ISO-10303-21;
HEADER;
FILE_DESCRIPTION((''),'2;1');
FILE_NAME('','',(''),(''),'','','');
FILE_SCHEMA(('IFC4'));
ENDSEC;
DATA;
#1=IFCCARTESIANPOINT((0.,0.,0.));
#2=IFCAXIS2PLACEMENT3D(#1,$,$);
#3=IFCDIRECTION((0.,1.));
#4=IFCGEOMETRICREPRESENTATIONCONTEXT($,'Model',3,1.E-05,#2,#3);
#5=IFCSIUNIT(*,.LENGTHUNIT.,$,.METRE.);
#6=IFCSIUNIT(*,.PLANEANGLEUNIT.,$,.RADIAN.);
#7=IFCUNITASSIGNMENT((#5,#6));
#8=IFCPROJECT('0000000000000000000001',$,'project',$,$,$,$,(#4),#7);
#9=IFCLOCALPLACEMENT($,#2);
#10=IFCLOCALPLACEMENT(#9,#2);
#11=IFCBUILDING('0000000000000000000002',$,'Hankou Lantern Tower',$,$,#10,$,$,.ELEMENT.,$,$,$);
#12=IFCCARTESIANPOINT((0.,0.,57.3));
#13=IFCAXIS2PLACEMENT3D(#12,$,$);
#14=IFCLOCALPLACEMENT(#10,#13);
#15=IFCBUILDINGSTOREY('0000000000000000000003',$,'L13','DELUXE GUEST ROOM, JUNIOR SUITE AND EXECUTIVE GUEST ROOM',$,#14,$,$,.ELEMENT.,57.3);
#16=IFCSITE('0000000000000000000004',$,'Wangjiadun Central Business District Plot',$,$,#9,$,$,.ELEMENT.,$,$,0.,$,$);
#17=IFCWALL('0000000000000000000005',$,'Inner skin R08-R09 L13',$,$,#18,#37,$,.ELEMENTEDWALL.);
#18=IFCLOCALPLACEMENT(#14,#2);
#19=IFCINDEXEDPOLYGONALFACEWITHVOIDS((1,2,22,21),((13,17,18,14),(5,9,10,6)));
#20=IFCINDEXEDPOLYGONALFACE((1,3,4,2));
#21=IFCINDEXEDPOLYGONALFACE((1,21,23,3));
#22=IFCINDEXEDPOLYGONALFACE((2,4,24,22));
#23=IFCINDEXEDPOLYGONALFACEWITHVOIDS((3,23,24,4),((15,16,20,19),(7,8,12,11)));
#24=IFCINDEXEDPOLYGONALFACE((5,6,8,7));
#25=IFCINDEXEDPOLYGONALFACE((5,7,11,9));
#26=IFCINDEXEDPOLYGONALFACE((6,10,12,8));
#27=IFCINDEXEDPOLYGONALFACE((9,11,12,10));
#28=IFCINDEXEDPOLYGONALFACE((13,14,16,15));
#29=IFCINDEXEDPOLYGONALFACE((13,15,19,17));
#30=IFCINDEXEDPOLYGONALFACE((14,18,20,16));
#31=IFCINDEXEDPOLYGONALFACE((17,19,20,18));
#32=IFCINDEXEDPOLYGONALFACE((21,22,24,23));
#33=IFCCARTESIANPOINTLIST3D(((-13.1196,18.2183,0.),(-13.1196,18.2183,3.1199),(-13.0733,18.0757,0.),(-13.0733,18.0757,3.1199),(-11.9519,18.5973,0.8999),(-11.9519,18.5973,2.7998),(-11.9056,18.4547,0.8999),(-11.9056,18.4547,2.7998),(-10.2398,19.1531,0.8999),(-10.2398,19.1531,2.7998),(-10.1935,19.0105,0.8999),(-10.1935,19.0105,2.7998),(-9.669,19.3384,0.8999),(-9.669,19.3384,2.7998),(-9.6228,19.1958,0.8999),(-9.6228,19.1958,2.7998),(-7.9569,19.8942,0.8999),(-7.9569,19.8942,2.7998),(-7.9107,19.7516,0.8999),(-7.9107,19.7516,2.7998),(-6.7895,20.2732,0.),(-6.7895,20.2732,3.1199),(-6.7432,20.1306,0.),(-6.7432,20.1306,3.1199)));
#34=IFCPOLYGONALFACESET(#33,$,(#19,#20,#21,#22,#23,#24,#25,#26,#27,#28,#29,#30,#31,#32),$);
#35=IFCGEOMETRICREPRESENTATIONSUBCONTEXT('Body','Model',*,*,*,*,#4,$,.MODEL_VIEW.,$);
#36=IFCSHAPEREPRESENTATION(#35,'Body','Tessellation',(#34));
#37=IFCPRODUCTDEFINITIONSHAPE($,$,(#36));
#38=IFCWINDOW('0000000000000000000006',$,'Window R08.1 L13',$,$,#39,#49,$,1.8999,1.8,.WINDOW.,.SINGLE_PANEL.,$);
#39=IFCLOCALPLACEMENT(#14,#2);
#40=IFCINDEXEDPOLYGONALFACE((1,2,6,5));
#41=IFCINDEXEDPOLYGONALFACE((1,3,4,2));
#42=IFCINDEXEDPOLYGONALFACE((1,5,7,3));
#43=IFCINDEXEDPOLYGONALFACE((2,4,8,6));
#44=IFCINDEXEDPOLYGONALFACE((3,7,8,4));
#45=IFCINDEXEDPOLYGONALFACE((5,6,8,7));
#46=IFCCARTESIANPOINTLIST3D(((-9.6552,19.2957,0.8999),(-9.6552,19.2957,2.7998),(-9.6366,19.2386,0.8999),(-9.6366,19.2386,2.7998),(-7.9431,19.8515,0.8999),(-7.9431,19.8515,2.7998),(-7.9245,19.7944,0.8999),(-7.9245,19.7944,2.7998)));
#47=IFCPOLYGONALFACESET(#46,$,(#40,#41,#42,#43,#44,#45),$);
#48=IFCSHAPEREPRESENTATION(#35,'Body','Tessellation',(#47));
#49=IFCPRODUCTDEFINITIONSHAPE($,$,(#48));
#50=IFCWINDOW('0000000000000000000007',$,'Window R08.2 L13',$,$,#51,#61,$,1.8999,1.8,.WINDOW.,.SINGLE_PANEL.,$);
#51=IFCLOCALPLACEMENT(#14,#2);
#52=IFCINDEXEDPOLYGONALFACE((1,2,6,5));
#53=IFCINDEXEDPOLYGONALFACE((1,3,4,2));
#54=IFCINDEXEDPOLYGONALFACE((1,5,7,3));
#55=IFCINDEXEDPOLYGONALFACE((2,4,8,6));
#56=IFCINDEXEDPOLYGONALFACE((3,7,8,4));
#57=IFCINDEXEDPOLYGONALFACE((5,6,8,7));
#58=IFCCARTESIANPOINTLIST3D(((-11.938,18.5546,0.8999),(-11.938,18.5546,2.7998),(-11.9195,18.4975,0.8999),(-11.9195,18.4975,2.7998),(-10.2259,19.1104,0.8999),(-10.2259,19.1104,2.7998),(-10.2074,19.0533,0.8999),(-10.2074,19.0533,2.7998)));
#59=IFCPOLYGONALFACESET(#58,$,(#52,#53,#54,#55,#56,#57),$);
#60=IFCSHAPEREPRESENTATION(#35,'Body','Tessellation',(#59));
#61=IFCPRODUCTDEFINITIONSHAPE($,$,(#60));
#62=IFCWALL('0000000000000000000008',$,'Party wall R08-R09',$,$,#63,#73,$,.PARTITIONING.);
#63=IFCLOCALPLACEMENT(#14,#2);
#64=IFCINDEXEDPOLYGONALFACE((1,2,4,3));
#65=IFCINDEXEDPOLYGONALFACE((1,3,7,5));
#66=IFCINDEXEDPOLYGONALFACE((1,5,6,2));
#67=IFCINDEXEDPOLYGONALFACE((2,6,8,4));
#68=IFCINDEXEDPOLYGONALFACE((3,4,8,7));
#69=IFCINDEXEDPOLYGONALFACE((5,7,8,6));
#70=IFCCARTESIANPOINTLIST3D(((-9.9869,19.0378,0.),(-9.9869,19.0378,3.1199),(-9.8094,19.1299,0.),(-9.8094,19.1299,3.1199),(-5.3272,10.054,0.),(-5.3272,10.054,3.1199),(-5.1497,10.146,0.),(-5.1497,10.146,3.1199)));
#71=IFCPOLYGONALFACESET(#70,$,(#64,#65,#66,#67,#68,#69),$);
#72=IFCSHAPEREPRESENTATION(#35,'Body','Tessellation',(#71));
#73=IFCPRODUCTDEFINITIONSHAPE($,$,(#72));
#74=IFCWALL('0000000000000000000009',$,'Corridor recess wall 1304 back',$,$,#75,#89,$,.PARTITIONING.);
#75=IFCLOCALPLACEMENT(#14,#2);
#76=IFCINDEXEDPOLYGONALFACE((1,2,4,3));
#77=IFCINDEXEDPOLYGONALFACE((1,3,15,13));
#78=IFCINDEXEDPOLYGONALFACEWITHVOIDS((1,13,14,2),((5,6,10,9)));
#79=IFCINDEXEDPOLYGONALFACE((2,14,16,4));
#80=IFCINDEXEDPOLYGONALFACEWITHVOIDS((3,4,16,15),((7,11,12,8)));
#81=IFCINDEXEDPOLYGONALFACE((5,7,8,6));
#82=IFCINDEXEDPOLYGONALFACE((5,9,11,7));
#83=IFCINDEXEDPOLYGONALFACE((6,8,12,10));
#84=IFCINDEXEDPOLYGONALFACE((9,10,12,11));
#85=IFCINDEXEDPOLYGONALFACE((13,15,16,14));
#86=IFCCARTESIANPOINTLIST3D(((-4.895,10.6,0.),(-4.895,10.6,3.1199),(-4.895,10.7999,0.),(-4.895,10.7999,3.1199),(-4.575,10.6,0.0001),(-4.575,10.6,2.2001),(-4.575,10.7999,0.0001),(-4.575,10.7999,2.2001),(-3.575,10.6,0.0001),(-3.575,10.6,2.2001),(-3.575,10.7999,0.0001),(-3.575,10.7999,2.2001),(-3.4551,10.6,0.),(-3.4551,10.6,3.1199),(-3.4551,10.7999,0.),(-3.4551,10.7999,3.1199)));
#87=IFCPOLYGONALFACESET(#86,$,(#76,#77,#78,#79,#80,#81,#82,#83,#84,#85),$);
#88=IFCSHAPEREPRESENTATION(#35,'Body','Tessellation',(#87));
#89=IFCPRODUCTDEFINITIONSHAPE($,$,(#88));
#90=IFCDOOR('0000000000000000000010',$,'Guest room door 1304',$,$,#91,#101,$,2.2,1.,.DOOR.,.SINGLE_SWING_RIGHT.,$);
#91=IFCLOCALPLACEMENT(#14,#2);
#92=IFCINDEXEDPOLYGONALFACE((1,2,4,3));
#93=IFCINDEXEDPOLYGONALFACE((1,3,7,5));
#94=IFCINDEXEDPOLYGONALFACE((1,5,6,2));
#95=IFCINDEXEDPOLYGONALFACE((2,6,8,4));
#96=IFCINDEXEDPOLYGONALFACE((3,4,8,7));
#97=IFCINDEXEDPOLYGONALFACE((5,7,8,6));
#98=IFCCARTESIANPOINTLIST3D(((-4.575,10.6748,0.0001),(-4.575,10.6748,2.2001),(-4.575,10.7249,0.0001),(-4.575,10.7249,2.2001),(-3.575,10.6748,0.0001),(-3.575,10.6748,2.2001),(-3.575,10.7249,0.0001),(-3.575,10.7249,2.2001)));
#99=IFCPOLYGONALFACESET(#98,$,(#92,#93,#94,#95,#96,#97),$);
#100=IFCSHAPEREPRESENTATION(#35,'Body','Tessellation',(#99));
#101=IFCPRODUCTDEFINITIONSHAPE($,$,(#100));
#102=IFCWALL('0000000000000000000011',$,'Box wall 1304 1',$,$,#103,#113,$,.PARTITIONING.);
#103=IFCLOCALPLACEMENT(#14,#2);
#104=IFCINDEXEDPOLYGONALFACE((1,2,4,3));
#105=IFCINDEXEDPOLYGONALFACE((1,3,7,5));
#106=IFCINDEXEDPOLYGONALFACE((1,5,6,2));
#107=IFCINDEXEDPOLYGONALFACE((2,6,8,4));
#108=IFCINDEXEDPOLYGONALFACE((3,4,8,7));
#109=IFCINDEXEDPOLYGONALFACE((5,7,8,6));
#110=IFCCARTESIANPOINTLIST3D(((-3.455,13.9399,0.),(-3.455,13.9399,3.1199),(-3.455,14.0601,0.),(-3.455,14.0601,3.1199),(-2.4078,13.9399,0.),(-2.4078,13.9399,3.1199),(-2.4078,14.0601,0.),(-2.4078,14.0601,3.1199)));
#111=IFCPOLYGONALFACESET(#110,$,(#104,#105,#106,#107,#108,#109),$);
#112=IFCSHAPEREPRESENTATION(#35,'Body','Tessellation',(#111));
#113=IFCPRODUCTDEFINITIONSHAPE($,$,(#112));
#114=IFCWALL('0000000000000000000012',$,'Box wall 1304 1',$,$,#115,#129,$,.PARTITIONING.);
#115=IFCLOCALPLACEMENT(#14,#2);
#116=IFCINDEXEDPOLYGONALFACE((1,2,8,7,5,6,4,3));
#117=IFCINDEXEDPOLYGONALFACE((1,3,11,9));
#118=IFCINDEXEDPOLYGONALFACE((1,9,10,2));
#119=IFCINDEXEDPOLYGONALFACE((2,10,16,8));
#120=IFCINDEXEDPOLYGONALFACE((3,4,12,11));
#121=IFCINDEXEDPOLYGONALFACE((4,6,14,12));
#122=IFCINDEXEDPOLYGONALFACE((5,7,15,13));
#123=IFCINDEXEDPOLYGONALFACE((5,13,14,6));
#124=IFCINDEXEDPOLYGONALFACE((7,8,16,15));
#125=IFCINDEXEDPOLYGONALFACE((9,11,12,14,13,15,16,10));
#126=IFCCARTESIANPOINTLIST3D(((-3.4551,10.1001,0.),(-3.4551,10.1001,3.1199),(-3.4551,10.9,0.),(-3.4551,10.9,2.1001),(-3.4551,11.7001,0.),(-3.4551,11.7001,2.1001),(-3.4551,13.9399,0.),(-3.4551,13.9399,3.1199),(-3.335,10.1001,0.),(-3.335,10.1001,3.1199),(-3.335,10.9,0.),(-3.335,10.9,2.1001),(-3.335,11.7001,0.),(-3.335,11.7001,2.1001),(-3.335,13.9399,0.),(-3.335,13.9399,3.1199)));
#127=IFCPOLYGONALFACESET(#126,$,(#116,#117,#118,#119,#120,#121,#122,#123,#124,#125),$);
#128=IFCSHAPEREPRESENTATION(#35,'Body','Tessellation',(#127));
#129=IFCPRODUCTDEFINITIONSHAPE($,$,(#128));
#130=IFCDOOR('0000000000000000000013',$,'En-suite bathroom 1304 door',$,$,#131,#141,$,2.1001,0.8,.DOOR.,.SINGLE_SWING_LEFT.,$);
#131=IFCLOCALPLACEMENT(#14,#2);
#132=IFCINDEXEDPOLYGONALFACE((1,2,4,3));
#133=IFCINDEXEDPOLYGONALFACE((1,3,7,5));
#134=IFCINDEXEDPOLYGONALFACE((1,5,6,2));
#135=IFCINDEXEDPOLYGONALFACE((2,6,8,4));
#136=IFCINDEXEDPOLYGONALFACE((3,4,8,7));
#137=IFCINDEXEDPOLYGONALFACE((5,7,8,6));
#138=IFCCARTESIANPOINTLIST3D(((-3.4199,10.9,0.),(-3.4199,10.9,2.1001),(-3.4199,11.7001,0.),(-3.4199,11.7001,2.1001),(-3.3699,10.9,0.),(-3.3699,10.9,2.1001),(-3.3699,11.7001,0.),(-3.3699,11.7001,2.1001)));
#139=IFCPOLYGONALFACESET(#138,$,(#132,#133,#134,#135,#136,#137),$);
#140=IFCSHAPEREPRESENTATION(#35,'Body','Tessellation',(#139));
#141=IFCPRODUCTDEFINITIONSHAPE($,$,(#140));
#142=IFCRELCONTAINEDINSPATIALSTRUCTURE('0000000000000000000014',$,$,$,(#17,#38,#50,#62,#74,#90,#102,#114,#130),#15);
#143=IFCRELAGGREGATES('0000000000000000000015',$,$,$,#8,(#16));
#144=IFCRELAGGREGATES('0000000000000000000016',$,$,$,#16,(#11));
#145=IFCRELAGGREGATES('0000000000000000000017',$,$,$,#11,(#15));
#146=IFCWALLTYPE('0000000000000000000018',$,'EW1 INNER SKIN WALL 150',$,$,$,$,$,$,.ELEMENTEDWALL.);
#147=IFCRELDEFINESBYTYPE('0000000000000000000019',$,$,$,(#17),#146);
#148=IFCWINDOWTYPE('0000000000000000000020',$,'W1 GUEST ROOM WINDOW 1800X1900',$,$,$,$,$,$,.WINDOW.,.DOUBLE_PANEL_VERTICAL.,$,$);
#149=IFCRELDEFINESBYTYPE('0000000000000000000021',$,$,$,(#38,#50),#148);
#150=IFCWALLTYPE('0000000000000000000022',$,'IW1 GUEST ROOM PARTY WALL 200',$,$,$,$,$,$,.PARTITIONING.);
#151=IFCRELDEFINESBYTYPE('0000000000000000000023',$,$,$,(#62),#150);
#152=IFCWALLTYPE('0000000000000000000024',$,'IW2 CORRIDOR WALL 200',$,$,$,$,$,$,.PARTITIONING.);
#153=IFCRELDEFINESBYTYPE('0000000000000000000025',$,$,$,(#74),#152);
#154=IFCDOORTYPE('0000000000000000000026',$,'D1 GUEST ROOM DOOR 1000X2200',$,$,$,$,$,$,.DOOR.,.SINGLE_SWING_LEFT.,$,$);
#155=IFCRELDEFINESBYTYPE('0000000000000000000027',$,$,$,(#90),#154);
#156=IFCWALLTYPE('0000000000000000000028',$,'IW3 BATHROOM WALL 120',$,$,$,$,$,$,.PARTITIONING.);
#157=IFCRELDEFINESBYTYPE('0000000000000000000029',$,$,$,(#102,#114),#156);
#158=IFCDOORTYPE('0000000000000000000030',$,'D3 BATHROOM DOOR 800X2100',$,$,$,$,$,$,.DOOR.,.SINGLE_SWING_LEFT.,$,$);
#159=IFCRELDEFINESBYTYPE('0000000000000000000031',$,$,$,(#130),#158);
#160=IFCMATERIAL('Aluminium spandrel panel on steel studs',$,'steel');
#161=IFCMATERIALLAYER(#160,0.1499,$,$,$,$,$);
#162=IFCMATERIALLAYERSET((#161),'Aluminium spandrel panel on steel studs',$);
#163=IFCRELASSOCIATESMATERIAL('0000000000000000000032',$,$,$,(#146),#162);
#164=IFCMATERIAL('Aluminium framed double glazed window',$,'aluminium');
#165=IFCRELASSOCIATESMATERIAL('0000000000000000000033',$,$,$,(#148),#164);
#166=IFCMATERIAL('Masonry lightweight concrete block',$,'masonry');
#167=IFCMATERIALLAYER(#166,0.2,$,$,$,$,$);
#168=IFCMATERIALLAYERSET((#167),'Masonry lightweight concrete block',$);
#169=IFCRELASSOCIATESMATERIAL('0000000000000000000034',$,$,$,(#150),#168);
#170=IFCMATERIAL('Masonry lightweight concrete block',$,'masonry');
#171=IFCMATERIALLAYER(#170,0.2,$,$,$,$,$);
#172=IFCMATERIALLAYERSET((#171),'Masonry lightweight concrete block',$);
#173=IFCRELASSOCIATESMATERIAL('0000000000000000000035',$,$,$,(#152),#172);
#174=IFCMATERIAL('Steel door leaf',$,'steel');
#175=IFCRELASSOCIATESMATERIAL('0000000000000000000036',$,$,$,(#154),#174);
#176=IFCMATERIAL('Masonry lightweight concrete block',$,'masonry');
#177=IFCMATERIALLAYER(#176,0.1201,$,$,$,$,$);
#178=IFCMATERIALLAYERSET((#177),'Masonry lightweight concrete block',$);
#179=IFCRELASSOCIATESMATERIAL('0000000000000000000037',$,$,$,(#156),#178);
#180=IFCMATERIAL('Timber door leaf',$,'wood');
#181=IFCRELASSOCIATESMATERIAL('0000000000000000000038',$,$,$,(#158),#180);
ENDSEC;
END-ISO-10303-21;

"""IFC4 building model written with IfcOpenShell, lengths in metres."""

from ifc_helpers import new_model, si_unit, direction, frame, frame_2d, origin, place, context, subcontext, project, spatial, rectangle, extrude, material, layer, layer_set, type_object, element, fill, save


model = new_model("IFC4")

# Units and contexts
model_context = context("Model", 3, precision=1e-05, world=origin(), true_north=direction((0.0, 1.0)))
body_context = subcontext(model_context, "Body", "Model", "MODEL_VIEW")
ifc_project = project(units=[si_unit("LENGTHUNIT", "METRE"), si_unit("PLANEANGLEUNIT", "RADIAN")], contexts=[model_context])

# Site, building, storey
site_placement = place(None, origin())
site = spatial("IfcSite", under=ifc_project, at=site_placement, Name="Wangjiadun Central Business District Plot", CompositionType="ELEMENT", RefElevation=0.0)
building_placement = place(site_placement, origin())
building = spatial("IfcBuilding", under=site, at=building_placement, Name="Hankou Lantern Tower", CompositionType="ELEMENT")
storey_placement = place(building_placement, frame((0.0, 0.0, 57.3)))
storey = spatial("IfcBuildingStorey", under=building, at=storey_placement, Name="L13", Description="DELUXE GUEST ROOM, JUNIOR SUITE AND EXECUTIVE GUEST ROOM", CompositionType="ELEMENT", Elevation=57.3)

# Wall, openings, windows
ifc_material_1 = material(Name="Aluminium spandrel panel on steel studs", Category="steel")
ifc_layer_1 = layer(ifc_material_1, 0.1499)
ifc_layer_set_1 = layer_set([ifc_layer_1], Name="Aluminium spandrel panel on steel studs")
wall_type_1 = type_object("IfcWallType", Name="EW1 INNER SKIN WALL 150", PredefinedType="ELEMENTEDWALL", material=ifc_layer_set_1)
wall_1_placement = place(storey_placement, frame((-6.7664, 20.2019, 0.0), z_axis=(0.0, 0.0, 1.0), x_axis=(-0.951138, -0.308768, 0.0)))
wall_1 = element("IfcWall", 1, at=wall_1_placement, inside=storey, type_object=wall_type_1, Name="Inner skin R08-R09 L13", PredefinedType="ELEMENTEDWALL", context=body_context, shape_type="SweptSolid", body=[
    extrude(rectangle(XDim=6.6553, YDim=0.1499, at=frame_2d((3.3276, 0.0))), origin(), (0.0, 0.0, 1.0), 3.1199),
])
opening_1_placement = place(wall_1_placement, frame((1.2275, 0.0, 0.8999)))
opening_1 = element("IfcOpeningElement", 2, at=opening_1_placement, cuts=wall_1, PredefinedType="OPENING", context=body_context, shape_type="SweptSolid", body=[
    extrude(rectangle(XDim=1.8, YDim=1.8999, at=frame_2d((0.8999, 0.95))), frame((0.0, 0.085, 0.0), z_axis=(0.0, -1.0, 0.0), x_axis=(1.0, 0.0, 0.0)), (0.0, 0.0, 1.0), 0.1699),
])
opening_2_placement = place(wall_1_placement, frame((3.6277, 0.0, 0.8999)))
opening_2 = element("IfcOpeningElement", 3, at=opening_2_placement, cuts=wall_1, PredefinedType="OPENING", context=body_context, shape_type="SweptSolid", body=[
    extrude(rectangle(XDim=1.8, YDim=1.8999, at=frame_2d((0.8999, 0.95))), frame((0.0, 0.085, 0.0), z_axis=(0.0, -1.0, 0.0), x_axis=(1.0, 0.0, 0.0)), (0.0, 0.0, 1.0), 0.1699),
])
ifc_material_2 = material(Name="Aluminium framed double glazed window", Category="aluminium")
window_type = type_object("IfcWindowType", Name="W1 GUEST ROOM WINDOW 1800X1900", PartitioningType="DOUBLE_PANEL_VERTICAL", PredefinedType="WINDOW", material=ifc_material_2)
window_1_placement = place(opening_1_placement, origin())
window_1 = element("IfcWindow", 4, at=window_1_placement, inside=storey, type_object=window_type, Name="Window R08.1 L13", OverallHeight=1.8999, OverallWidth=1.8, PartitioningType="SINGLE_PANEL", PredefinedType="WINDOW", context=body_context, shape_type="SweptSolid", body=[
    extrude(rectangle(XDim=1.8, YDim=1.8999, at=frame_2d((0.8999, 0.95))), frame((0.0, 0.03, 0.0), z_axis=(0.0, -1.0, 0.0), x_axis=(1.0, 0.0, 0.0)), (0.0, 0.0, 1.0), 0.0601),
])
fill(opening_1, window_1)
window_2_placement = place(opening_2_placement, origin())
window_2 = element("IfcWindow", 5, at=window_2_placement, inside=storey, type_object=window_type, Name="Window R08.2 L13", OverallHeight=1.8999, OverallWidth=1.8, PartitioningType="SINGLE_PANEL", PredefinedType="WINDOW", context=body_context, shape_type="SweptSolid", body=[
    extrude(rectangle(XDim=1.8, YDim=1.8999, at=frame_2d((0.8999, 0.95))), frame((0.0, 0.03, 0.0), z_axis=(0.0, -1.0, 0.0), x_axis=(1.0, 0.0, 0.0)), (0.0, 0.0, 1.0), 0.0601),
])
fill(opening_2, window_2)

# Wall
ifc_material_3 = material(Name="Masonry lightweight concrete block", Category="masonry")
ifc_layer_2 = layer(ifc_material_3, 0.2)
ifc_layer_set_2 = layer_set([ifc_layer_2], Name="Masonry lightweight concrete block")
wall_type_2 = type_object("IfcWallType", Name="IW1 GUEST ROOM PARTY WALL 200", PredefinedType="PARTITIONING", material=ifc_layer_set_2)
wall_2_placement = place(storey_placement, frame((-5.2385, 10.1001, 0.0), z_axis=(0.0, 0.0, 1.0), x_axis=(-0.460423, 0.8877, 0.0)))
element("IfcWall", 6, at=wall_2_placement, inside=storey, type_object=wall_type_2, Name="Party wall R08-R09", PredefinedType="PARTITIONING", context=body_context, shape_type="SweptSolid", body=[
    extrude(rectangle(XDim=10.1204, YDim=0.2, at=frame_2d((5.0601, 0.0))), origin(), (0.0, 0.0, 1.0), 3.1199),
])

# Wall, opening, door
ifc_material_4 = material(Name="Masonry lightweight concrete block", Category="masonry")
ifc_layer_3 = layer(ifc_material_4, 0.2)
ifc_layer_set_3 = layer_set([ifc_layer_3], Name="Masonry lightweight concrete block")
wall_type_3 = type_object("IfcWallType", Name="IW2 CORRIDOR WALL 200", PredefinedType="PARTITIONING", material=ifc_layer_set_3)
wall_3_placement = place(storey_placement, frame((-4.895, 10.7, 0.0), z_axis=(0.0, 0.0, 1.0), x_axis=(1.0, 0.0, 0.0)))
wall_3 = element("IfcWall", 7, at=wall_3_placement, inside=storey, type_object=wall_type_3, Name="Corridor recess wall 1304 back", PredefinedType="PARTITIONING", context=body_context, shape_type="SweptSolid", body=[
    extrude(rectangle(XDim=1.4399, YDim=0.2, at=frame_2d((0.72, 0.0))), origin(), (0.0, 0.0, 1.0), 3.1199),
])
opening_3_placement = place(wall_3_placement, frame((0.3201, 0.0, 0.0)))
opening_3 = element("IfcOpeningElement", 8, at=opening_3_placement, cuts=wall_3, PredefinedType="OPENING", context=body_context, shape_type="SweptSolid", body=[
    extrude(rectangle(XDim=1.0, YDim=2.2, at=frame_2d((0.5, 1.1001))), frame((0.0, 0.1099, 0.0), z_axis=(0.0, -1.0, 0.0), x_axis=(1.0, 0.0, 0.0)), (0.0, 0.0, 1.0), 0.22),
])
ifc_material_5 = material(Name="Steel door leaf", Category="steel")
door_type_1 = type_object("IfcDoorType", Name="D1 GUEST ROOM DOOR 1000X2200", OperationType="SINGLE_SWING_LEFT", PredefinedType="DOOR", material=ifc_material_5)
door_1_placement = place(opening_3_placement, origin())
door_1 = element("IfcDoor", 9, at=door_1_placement, inside=storey, type_object=door_type_1, Name="Guest room door 1304", OperationType="SINGLE_SWING_RIGHT", OverallHeight=2.2, OverallWidth=1.0, PredefinedType="DOOR", context=body_context, shape_type="SweptSolid", body=[
    extrude(rectangle(XDim=1.0, YDim=2.2, at=frame_2d((0.5, 1.1001))), frame((0.0, 0.0249, 0.0), z_axis=(0.0, -1.0, 0.0), x_axis=(1.0, 0.0, 0.0)), (0.0, 0.0, 1.0), 0.05),
])
fill(opening_3, door_1)

# Wall
ifc_material_6 = material(Name="Masonry lightweight concrete block", Category="masonry")
ifc_layer_4 = layer(ifc_material_6, 0.1201)
ifc_layer_set_4 = layer_set([ifc_layer_4], Name="Masonry lightweight concrete block")
wall_type_4 = type_object("IfcWallType", Name="IW3 BATHROOM WALL 120", PredefinedType="PARTITIONING", material=ifc_layer_set_4)
wall_4_placement = place(storey_placement, frame((-2.408, 14.0, 0.0), z_axis=(0.0, 0.0, 1.0), x_axis=(-1.0, 0.0, 0.0)))
element("IfcWall", 10, at=wall_4_placement, inside=storey, type_object=wall_type_4, Name="Box wall 1304 1", PredefinedType="PARTITIONING", context=body_context, shape_type="SweptSolid", body=[
    extrude(rectangle(XDim=1.0471, YDim=0.1201, at=frame_2d((0.5234, 0.0))), origin(), (0.0, 0.0, 1.0), 3.1199),
])

# Wall, opening, door
wall_5_placement = place(storey_placement, frame((-3.395, 10.1001, 0.0), z_axis=(0.0, 0.0, 1.0), x_axis=(0.0, 1.0, 0.0)))
wall_5 = element("IfcWall", 11, at=wall_5_placement, inside=storey, type_object=wall_type_4, Name="Box wall 1304 1", PredefinedType="PARTITIONING", context=body_context, shape_type="SweptSolid", body=[
    extrude(rectangle(XDim=3.8398, YDim=0.1201, at=frame_2d((1.9199, 0.0))), origin(), (0.0, 0.0, 1.0), 3.1199),
])
opening_4_placement = place(wall_5_placement, frame((0.8, 0.0, 0.0)))
opening_4 = element("IfcOpeningElement", 12, at=opening_4_placement, cuts=wall_5, PredefinedType="OPENING", context=body_context, shape_type="SweptSolid", body=[
    extrude(rectangle(XDim=0.8, YDim=2.1001, at=frame_2d((0.3999, 1.05))), frame((0.0, 0.0701, 0.0), z_axis=(0.0, -1.0, 0.0), x_axis=(1.0, 0.0, 0.0)), (0.0, 0.0, 1.0), 0.1401),
])
ifc_material_7 = material(Name="Timber door leaf", Category="wood")
door_type_2 = type_object("IfcDoorType", Name="D3 BATHROOM DOOR 800X2100", OperationType="SINGLE_SWING_LEFT", PredefinedType="DOOR", material=ifc_material_7)
door_2_placement = place(opening_4_placement, origin())
door_2 = element("IfcDoor", 13, at=door_2_placement, inside=storey, type_object=door_type_2, Name="En-suite bathroom 1304 door", OperationType="SINGLE_SWING_LEFT", OverallHeight=2.1001, OverallWidth=0.8, PredefinedType="DOOR", context=body_context, shape_type="SweptSolid", body=[
    extrude(rectangle(XDim=0.8, YDim=2.1001, at=frame_2d((0.3999, 1.05))), frame((0.0, 0.0249, 0.0), z_axis=(0.0, -1.0, 0.0), x_axis=(1.0, 0.0, 0.0)), (0.0, 0.0, 1.0), 0.05),
])
fill(opening_4, door_2)

save(model, "model.ifc")
